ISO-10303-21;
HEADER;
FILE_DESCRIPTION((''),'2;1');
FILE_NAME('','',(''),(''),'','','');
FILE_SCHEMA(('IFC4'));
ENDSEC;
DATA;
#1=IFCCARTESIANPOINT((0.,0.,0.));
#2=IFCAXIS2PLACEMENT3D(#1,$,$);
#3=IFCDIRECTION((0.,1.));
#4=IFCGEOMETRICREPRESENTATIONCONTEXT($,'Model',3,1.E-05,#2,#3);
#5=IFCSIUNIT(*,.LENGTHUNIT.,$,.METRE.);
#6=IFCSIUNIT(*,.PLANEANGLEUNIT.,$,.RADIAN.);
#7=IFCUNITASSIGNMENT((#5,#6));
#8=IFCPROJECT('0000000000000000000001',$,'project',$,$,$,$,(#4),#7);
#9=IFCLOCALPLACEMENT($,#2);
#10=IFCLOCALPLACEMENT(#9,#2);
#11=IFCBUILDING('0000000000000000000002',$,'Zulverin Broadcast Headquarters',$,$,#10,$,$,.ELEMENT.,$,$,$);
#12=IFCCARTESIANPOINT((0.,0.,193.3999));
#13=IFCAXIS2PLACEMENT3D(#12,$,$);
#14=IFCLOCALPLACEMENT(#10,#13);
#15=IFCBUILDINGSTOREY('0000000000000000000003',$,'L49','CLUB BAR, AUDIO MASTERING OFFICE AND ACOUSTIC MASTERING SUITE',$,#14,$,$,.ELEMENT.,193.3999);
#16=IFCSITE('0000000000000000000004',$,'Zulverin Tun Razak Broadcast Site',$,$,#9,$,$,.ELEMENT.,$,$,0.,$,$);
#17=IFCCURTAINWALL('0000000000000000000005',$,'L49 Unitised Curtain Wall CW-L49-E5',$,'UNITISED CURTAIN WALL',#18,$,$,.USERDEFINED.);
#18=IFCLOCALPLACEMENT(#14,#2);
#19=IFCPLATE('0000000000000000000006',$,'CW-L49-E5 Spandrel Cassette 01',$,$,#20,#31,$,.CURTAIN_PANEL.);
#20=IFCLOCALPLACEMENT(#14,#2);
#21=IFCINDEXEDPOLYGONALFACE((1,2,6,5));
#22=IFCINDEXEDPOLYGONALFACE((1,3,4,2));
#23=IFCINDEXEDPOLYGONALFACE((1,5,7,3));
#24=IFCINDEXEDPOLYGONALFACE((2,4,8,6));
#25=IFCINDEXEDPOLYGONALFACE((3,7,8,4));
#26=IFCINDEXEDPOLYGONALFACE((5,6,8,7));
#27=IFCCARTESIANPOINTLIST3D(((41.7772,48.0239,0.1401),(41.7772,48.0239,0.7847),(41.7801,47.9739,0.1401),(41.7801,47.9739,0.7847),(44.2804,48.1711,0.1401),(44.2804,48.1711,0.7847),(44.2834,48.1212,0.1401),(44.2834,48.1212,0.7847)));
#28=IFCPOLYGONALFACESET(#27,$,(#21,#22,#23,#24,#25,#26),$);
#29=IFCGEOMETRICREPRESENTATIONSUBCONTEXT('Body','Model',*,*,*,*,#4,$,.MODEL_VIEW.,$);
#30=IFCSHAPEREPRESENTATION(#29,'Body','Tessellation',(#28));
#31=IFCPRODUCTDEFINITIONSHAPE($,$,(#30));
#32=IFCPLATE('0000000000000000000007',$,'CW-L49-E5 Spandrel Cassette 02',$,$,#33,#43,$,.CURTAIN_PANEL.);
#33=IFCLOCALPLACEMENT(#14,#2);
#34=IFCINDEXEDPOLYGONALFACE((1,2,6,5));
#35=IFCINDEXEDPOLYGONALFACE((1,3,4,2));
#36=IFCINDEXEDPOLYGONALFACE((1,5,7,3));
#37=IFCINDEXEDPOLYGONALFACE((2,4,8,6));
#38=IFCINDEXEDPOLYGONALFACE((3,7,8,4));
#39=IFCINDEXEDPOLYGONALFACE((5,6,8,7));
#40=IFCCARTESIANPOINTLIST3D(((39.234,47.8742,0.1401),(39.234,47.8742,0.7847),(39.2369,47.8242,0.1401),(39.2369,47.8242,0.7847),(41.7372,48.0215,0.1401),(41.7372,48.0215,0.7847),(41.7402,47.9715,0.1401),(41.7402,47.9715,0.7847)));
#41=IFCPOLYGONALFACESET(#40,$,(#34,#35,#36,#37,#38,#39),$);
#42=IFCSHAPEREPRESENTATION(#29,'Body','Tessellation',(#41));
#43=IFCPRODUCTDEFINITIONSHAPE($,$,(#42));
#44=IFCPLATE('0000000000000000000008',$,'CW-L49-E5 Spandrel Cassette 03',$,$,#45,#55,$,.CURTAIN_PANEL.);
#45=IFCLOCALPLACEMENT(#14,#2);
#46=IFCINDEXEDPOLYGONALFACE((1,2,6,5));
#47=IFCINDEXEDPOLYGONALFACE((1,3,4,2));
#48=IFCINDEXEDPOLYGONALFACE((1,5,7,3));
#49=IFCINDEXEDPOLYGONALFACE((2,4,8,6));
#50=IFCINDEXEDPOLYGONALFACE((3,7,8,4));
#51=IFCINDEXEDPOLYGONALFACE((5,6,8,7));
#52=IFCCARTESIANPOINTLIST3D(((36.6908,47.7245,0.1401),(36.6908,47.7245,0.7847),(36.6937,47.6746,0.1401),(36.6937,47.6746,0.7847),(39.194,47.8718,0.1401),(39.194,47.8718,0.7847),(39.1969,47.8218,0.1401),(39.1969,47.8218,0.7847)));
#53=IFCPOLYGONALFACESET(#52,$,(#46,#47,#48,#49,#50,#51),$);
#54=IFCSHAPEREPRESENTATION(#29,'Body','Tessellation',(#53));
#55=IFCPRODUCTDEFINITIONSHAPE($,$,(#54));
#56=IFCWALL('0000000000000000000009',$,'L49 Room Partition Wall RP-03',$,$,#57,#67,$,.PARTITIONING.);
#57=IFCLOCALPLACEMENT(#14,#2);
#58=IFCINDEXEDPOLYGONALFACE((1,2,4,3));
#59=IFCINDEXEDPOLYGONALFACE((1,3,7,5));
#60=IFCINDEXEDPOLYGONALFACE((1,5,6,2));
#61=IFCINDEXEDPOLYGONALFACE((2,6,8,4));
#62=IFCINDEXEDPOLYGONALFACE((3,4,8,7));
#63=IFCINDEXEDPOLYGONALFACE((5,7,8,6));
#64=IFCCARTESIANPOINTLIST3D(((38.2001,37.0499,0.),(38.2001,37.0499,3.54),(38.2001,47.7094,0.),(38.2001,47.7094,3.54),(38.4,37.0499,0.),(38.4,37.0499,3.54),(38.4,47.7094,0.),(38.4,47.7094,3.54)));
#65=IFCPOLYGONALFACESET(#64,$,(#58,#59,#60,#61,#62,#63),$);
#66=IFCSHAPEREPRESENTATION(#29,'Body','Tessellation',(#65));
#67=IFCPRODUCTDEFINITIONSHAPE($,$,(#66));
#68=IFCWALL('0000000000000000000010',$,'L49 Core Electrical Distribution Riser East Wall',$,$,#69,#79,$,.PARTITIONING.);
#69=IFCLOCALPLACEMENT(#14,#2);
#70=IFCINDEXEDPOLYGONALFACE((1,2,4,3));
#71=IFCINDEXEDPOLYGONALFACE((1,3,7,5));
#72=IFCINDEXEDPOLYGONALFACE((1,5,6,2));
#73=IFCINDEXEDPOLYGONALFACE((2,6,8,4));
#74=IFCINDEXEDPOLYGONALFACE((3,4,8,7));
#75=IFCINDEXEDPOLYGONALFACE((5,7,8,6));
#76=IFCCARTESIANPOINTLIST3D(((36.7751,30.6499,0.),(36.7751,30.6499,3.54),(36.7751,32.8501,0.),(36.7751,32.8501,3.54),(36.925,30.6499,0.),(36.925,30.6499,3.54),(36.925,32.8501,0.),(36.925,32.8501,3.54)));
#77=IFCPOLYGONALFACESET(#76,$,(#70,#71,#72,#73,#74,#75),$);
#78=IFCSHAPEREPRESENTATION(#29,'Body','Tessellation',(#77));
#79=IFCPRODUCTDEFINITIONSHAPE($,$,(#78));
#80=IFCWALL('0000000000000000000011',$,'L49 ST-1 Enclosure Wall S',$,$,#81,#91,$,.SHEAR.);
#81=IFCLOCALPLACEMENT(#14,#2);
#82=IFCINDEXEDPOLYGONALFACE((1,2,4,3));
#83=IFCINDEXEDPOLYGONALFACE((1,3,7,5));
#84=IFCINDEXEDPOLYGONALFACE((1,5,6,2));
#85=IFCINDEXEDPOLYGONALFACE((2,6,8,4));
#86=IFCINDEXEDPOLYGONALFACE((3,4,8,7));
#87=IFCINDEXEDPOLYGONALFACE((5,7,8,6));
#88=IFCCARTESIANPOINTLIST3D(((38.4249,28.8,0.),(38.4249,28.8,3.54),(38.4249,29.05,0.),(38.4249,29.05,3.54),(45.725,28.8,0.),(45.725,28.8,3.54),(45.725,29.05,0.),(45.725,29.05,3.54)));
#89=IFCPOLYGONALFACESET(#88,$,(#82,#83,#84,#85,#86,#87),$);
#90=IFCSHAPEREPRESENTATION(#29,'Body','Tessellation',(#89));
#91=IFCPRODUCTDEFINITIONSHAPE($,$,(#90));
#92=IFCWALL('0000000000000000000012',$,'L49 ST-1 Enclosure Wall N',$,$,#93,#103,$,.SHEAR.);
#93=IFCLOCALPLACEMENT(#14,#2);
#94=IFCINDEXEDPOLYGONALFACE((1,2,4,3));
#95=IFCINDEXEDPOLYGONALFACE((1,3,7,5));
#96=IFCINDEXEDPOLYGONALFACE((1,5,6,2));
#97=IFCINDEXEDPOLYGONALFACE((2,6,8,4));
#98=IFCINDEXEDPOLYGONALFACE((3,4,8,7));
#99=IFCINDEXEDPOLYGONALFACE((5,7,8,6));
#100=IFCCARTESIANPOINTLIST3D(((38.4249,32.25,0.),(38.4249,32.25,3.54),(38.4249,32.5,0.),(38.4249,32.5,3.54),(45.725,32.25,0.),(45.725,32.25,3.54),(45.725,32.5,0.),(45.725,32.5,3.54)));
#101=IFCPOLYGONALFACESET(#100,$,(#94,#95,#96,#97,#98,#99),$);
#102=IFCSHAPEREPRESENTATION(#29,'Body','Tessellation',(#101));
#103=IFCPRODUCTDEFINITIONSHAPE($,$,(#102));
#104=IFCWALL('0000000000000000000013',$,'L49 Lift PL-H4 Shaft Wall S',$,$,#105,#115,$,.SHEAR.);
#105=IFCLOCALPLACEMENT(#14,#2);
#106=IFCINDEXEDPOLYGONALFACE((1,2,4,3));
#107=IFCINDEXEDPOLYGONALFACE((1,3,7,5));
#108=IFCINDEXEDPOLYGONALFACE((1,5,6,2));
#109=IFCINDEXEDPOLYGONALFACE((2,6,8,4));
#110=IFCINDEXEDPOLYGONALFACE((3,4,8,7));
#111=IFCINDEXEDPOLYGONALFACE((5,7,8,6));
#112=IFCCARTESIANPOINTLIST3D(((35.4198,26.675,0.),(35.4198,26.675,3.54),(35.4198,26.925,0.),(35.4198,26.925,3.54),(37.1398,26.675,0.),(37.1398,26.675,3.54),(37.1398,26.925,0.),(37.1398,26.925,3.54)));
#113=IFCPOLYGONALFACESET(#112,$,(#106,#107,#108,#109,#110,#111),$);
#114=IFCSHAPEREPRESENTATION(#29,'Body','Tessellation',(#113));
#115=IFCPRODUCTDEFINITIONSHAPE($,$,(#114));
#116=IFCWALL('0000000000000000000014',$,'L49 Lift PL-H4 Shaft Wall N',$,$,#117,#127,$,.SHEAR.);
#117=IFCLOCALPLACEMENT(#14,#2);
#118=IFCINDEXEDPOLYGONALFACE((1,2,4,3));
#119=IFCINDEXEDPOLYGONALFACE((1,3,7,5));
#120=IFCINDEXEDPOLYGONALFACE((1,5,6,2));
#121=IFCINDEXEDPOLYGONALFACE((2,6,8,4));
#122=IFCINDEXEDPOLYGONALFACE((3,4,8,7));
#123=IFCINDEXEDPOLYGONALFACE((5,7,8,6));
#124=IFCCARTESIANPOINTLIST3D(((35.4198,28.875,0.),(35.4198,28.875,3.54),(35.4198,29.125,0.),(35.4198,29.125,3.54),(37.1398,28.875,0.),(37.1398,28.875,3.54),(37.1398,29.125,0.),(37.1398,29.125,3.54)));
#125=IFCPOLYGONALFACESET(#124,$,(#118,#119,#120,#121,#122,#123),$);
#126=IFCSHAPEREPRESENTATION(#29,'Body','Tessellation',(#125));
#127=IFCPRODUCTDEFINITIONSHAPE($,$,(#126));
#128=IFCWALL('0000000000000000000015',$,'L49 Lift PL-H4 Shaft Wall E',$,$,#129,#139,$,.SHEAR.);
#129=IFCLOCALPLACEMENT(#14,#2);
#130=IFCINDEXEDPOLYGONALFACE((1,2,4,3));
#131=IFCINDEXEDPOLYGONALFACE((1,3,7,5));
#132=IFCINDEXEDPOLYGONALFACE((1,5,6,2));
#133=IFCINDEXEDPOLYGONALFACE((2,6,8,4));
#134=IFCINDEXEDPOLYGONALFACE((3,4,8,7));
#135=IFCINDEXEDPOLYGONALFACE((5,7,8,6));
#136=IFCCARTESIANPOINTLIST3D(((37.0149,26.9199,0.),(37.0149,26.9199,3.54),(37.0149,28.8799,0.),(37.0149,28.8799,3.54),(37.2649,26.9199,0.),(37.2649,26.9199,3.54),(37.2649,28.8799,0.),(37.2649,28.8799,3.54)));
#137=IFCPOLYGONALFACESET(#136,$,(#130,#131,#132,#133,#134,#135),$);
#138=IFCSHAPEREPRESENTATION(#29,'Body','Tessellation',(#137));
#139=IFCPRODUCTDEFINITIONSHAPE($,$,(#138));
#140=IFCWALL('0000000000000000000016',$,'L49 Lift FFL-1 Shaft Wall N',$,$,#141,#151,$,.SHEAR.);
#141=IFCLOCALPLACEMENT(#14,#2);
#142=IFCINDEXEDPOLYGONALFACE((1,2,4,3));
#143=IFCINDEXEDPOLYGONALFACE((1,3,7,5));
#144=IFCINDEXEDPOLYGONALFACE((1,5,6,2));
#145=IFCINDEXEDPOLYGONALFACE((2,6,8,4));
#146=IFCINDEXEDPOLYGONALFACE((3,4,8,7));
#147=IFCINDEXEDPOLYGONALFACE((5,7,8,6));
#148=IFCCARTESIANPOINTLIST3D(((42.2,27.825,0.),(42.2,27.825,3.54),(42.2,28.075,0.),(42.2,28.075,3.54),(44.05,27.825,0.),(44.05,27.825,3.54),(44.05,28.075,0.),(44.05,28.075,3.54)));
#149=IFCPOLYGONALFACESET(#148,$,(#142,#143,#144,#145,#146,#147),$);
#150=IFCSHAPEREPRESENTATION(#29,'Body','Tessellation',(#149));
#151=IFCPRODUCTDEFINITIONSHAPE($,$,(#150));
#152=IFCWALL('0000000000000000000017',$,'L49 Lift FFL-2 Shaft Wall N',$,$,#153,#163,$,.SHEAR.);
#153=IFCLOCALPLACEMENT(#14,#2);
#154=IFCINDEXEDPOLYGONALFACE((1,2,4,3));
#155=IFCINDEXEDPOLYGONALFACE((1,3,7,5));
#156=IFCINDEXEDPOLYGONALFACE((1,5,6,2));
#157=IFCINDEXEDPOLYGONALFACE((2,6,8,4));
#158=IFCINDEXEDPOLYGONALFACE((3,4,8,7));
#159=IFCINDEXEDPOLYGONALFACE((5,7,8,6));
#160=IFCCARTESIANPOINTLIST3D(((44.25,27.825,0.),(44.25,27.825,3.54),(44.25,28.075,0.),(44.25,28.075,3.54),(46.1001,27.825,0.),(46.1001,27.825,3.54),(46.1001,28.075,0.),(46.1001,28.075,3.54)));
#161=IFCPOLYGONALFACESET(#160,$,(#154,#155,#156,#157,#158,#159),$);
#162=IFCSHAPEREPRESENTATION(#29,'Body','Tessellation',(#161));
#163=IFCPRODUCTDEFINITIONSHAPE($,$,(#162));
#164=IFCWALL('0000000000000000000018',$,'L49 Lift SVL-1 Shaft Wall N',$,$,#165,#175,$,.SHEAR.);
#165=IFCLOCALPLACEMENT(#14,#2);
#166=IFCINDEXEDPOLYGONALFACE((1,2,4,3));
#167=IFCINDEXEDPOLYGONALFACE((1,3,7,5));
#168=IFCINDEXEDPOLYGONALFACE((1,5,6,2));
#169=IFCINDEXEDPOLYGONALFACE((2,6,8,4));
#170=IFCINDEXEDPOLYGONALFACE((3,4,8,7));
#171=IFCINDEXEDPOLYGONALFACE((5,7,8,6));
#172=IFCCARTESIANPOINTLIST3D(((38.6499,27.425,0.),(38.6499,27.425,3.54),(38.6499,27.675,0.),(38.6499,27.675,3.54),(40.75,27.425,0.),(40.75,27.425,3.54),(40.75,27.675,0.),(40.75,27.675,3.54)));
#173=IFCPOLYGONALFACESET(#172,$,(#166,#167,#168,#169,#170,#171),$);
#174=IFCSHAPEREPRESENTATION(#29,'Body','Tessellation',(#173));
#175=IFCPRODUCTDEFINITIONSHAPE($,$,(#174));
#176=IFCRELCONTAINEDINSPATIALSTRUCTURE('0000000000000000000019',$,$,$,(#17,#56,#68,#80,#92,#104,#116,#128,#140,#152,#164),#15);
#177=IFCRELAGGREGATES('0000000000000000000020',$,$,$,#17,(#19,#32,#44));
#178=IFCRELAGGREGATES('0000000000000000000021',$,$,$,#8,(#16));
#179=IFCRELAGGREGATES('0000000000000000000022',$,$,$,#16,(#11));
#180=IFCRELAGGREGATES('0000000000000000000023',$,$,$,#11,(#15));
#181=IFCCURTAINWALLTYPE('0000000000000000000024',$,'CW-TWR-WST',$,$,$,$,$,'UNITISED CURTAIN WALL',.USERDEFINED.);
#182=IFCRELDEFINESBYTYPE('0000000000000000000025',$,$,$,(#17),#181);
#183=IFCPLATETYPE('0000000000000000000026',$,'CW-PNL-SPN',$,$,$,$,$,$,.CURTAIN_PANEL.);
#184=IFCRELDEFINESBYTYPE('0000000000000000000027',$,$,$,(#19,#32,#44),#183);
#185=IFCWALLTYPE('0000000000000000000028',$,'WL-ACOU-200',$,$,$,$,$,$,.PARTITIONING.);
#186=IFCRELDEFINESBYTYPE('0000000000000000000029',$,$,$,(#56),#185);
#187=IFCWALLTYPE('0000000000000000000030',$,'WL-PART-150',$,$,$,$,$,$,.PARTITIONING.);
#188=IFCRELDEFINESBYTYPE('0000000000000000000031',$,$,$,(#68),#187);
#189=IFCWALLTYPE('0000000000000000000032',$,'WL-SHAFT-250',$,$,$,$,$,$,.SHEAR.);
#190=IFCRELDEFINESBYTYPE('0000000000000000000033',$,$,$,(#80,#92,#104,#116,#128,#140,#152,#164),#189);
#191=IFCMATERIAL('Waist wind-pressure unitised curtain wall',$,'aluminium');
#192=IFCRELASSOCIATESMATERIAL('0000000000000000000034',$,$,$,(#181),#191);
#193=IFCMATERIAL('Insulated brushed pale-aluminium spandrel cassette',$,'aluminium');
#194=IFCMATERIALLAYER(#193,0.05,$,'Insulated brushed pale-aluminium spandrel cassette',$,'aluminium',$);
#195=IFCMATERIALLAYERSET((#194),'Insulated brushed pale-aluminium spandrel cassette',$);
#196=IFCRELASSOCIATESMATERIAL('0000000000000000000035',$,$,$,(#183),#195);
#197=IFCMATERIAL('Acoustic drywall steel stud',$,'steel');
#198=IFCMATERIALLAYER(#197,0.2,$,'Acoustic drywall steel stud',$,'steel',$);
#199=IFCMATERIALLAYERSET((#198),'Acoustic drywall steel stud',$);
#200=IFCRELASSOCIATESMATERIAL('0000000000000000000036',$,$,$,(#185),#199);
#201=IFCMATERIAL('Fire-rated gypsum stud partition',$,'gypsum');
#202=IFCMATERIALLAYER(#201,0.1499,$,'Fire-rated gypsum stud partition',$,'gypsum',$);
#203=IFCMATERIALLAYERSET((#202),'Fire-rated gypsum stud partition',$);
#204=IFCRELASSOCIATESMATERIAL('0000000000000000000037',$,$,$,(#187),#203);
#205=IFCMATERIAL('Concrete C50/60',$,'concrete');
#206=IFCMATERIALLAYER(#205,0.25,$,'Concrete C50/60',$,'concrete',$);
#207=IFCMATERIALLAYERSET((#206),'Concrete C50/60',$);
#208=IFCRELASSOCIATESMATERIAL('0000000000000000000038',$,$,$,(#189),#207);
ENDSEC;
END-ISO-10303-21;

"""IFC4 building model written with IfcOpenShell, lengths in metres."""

from ifc_helpers import new_model, si_unit, direction, frame, frame_2d, origin, origin_2d, place, context, subcontext, project, spatial, rectangle, extrude, material, layer, layer_set, type_object, element, aggregate, save


model = new_model("IFC4")

# Units and contexts
model_context = context("Model", 3, precision=1e-05, world=origin(), true_north=direction((0.0, 1.0)))
body_context = subcontext(model_context, "Body", "Model", "MODEL_VIEW")
ifc_project = project(units=[si_unit("LENGTHUNIT", "METRE"), si_unit("PLANEANGLEUNIT", "RADIAN")], contexts=[model_context])

# Site, building, storey
site_placement = place(None, origin())
site = spatial("IfcSite", under=ifc_project, at=site_placement, Name="Zulverin Tun Razak Broadcast Site", CompositionType="ELEMENT", RefElevation=0.0)
building_placement = place(site_placement, origin())
building = spatial("IfcBuilding", under=site, at=building_placement, Name="Zulverin Broadcast Headquarters", CompositionType="ELEMENT")
storey_placement = place(building_placement, frame((0.0, 0.0, 193.3999)))
storey = spatial("IfcBuildingStorey", under=building, at=storey_placement, Name="L49", Description="CLUB BAR, AUDIO MASTERING OFFICE AND ACOUSTIC MASTERING SUITE", CompositionType="ELEMENT", Elevation=193.3999)

# Shared definitions
ifc_material_1 = material(Name="Concrete C50/60", Category="concrete")

# Curtain wall, plates
ifc_material_2 = material(Name="Waist wind-pressure unitised curtain wall", Category="aluminium")
curtain_wall_type = type_object("IfcCurtainWallType", Name="CW-TWR-WST", ElementType="UNITISED CURTAIN WALL", PredefinedType="USERDEFINED", material=ifc_material_2)
curtain_wall_placement = place(storey_placement, origin())
curtain_wall = element("IfcCurtainWall", 1, at=curtain_wall_placement, inside=storey, type_object=curtain_wall_type, Name="L49 Unitised Curtain Wall CW-L49-E5", ObjectType="UNITISED CURTAIN WALL", PredefinedType="USERDEFINED")
ifc_material_3 = material(Name="Insulated brushed pale-aluminium spandrel cassette", Category="aluminium")
ifc_layer_1 = layer(ifc_material_3, 0.05, Name="Insulated brushed pale-aluminium spandrel cassette", Category="aluminium")
ifc_layer_set_1 = layer_set([ifc_layer_1], Name="Insulated brushed pale-aluminium spandrel cassette")
plate_type_1 = type_object("IfcPlateType", Name="CW-PNL-SPN", PredefinedType="CURTAIN_PANEL", material=ifc_layer_set_1)
plate_1_placement = place(storey_placement, frame((43.0303, 48.0725, 0.1401), z_axis=(0.0, 0.0, 1.0), x_axis=(-0.998274, -0.058723, 0.0)))
plate_1 = element("IfcPlate", 2, at=plate_1_placement, type_object=plate_type_1, Name="CW-L49-E5 Spandrel Cassette 01", PredefinedType="CURTAIN_PANEL", context=body_context, shape_type="SweptSolid", body=[
    extrude(rectangle(XDim=2.5076, YDim=0.05, at=origin_2d()), origin(), (0.0, 0.0, 1.0), 0.6445),
])
plate_2_placement = place(storey_placement, frame((40.4871, 47.9229, 0.1401), z_axis=(0.0, 0.0, 1.0), x_axis=(-0.998274, -0.058723, 0.0)))
plate_2 = element("IfcPlate", 3, at=plate_2_placement, type_object=plate_type_1, Name="CW-L49-E5 Spandrel Cassette 02", PredefinedType="CURTAIN_PANEL", context=body_context, shape_type="SweptSolid", body=[
    extrude(rectangle(XDim=2.5076, YDim=0.05, at=origin_2d()), origin(), (0.0, 0.0, 1.0), 0.6445),
])
plate_3_placement = place(storey_placement, frame((37.9438, 47.7732, 0.1401), z_axis=(0.0, 0.0, 1.0), x_axis=(-0.998274, -0.058723, 0.0)))
plate_3 = element("IfcPlate", 4, at=plate_3_placement, type_object=plate_type_1, Name="CW-L49-E5 Spandrel Cassette 03", PredefinedType="CURTAIN_PANEL", context=body_context, shape_type="SweptSolid", body=[
    extrude(rectangle(XDim=2.5076, YDim=0.05, at=origin_2d()), origin(), (0.0, 0.0, 1.0), 0.6445),
])
aggregate(curtain_wall, [plate_1, plate_2, plate_3])

# Walls
ifc_material_4 = material(Name="Acoustic drywall steel stud", Category="steel")
ifc_layer_2 = layer(ifc_material_4, 0.2, Name="Acoustic drywall steel stud", Category="steel")
ifc_layer_set_2 = layer_set([ifc_layer_2], Name="Acoustic drywall steel stud")
wall_type_1 = type_object("IfcWallType", Name="WL-ACOU-200", PredefinedType="PARTITIONING", material=ifc_layer_set_2)
wall_1_placement = place(storey_placement, frame((38.3, 37.05, 0.0), z_axis=(0.0, 0.0, 1.0), x_axis=(0.0, 1.0, 0.0)))
element("IfcWall", 5, at=wall_1_placement, inside=storey, type_object=wall_type_1, Name="L49 Room Partition Wall RP-03", PredefinedType="PARTITIONING", context=body_context, shape_type="SweptSolid", body=[
    extrude(rectangle(XDim=10.6594, YDim=0.2, at=frame_2d((5.3296, 0.0))), origin(), (0.0, 0.0, 1.0), 3.54),
])
ifc_material_5 = material(Name="Fire-rated gypsum stud partition", Category="gypsum")
ifc_layer_3 = layer(ifc_material_5, 0.1499, Name="Fire-rated gypsum stud partition", Category="gypsum")
ifc_layer_set_3 = layer_set([ifc_layer_3], Name="Fire-rated gypsum stud partition")
wall_type_2 = type_object("IfcWallType", Name="WL-PART-150", PredefinedType="PARTITIONING", material=ifc_layer_set_3)
wall_2_placement = place(storey_placement, frame((36.8501, 30.6499, 0.0), z_axis=(0.0, 0.0, 1.0), x_axis=(0.0, 1.0, 0.0)))
element("IfcWall", 6, at=wall_2_placement, inside=storey, type_object=wall_type_2, Name="L49 Core Electrical Distribution Riser East Wall", PredefinedType="PARTITIONING", context=body_context, shape_type="SweptSolid", body=[
    extrude(rectangle(XDim=2.2002, YDim=0.1499, at=frame_2d((1.1001, 0.0))), origin(), (0.0, 0.0, 1.0), 3.54),
])
ifc_layer_4 = layer(ifc_material_1, 0.25, Name="Concrete C50/60", Category="concrete")
ifc_layer_set_4 = layer_set([ifc_layer_4], Name="Concrete C50/60")
wall_type_3 = type_object("IfcWallType", Name="WL-SHAFT-250", PredefinedType="SHEAR", material=ifc_layer_set_4)
for number, where, z_axis, x_axis, name in (
    (7, (38.425, 28.925, 0.0), (0.0, 0.0, 1.0), (1.0, 0.0, 0.0), "L49 ST-1 Enclosure Wall S"),
    (8, (38.425, 32.375, 0.0), (0.0, 0.0, 1.0), (1.0, 0.0, 0.0), "L49 ST-1 Enclosure Wall N"),
):
    element("IfcWall", number, at=place(storey_placement, frame(where, z_axis=z_axis, x_axis=x_axis)), inside=storey, type_object=wall_type_3, Name=name, PredefinedType="SHEAR", context=body_context, shape_type="SweptSolid", body=[
        extrude(rectangle(XDim=7.3, YDim=0.25, at=frame_2d((3.6499, 0.0))), origin(), (0.0, 0.0, 1.0), 3.54),
    ])

# Walls
for number, where, z_axis, x_axis, name in (
    (9, (35.4199, 26.8, 0.0), (0.0, 0.0, 1.0), (1.0, 0.0, 0.0), "L49 Lift PL-H4 Shaft Wall S"),
    (10, (35.4199, 29.0, 0.0), (0.0, 0.0, 1.0), (1.0, 0.0, 0.0), "L49 Lift PL-H4 Shaft Wall N"),
):
    element("IfcWall", number, at=place(storey_placement, frame(where, z_axis=z_axis, x_axis=x_axis)), inside=storey, type_object=wall_type_3, Name=name, PredefinedType="SHEAR", context=body_context, shape_type="SweptSolid", body=[
        extrude(rectangle(XDim=1.72, YDim=0.25, at=frame_2d((0.8599, 0.0))), origin(), (0.0, 0.0, 1.0), 3.54),
    ])
wall_3_placement = place(storey_placement, frame((37.1399, 26.9199, 0.0), z_axis=(0.0, 0.0, 1.0), x_axis=(0.0, 1.0, 0.0)))
element("IfcWall", 11, at=wall_3_placement, inside=storey, type_object=wall_type_3, Name="L49 Lift PL-H4 Shaft Wall E", PredefinedType="SHEAR", context=body_context, shape_type="SweptSolid", body=[
    extrude(rectangle(XDim=1.96, YDim=0.25, at=frame_2d((0.98, 0.0))), origin(), (0.0, 0.0, 1.0), 3.54),
])
for number, where, z_axis, x_axis, name in (
    (12, (42.2, 27.95, 0.0), (0.0, 0.0, 1.0), (1.0, 0.0, 0.0), "L49 Lift FFL-1 Shaft Wall N"),
    (13, (44.25, 27.95, 0.0), (0.0, 0.0, 1.0), (1.0, 0.0, 0.0), "L49 Lift FFL-2 Shaft Wall N"),
):
    element("IfcWall", number, at=place(storey_placement, frame(where, z_axis=z_axis, x_axis=x_axis)), inside=storey, type_object=wall_type_3, Name=name, PredefinedType="SHEAR", context=body_context, shape_type="SweptSolid", body=[
        extrude(rectangle(XDim=1.8501, YDim=0.25, at=frame_2d((0.925, 0.0))), origin(), (0.0, 0.0, 1.0), 3.54),
    ])
wall_4_placement = place(storey_placement, frame((38.6499, 27.55, 0.0), z_axis=(0.0, 0.0, 1.0), x_axis=(1.0, 0.0, 0.0)))
element("IfcWall", 14, at=wall_4_placement, inside=storey, type_object=wall_type_3, Name="L49 Lift SVL-1 Shaft Wall N", PredefinedType="SHEAR", context=body_context, shape_type="SweptSolid", body=[
    extrude(rectangle(XDim=2.1001, YDim=0.25, at=frame_2d((1.05, 0.0))), origin(), (0.0, 0.0, 1.0), 3.54),
])

save(model, "model.ifc")
